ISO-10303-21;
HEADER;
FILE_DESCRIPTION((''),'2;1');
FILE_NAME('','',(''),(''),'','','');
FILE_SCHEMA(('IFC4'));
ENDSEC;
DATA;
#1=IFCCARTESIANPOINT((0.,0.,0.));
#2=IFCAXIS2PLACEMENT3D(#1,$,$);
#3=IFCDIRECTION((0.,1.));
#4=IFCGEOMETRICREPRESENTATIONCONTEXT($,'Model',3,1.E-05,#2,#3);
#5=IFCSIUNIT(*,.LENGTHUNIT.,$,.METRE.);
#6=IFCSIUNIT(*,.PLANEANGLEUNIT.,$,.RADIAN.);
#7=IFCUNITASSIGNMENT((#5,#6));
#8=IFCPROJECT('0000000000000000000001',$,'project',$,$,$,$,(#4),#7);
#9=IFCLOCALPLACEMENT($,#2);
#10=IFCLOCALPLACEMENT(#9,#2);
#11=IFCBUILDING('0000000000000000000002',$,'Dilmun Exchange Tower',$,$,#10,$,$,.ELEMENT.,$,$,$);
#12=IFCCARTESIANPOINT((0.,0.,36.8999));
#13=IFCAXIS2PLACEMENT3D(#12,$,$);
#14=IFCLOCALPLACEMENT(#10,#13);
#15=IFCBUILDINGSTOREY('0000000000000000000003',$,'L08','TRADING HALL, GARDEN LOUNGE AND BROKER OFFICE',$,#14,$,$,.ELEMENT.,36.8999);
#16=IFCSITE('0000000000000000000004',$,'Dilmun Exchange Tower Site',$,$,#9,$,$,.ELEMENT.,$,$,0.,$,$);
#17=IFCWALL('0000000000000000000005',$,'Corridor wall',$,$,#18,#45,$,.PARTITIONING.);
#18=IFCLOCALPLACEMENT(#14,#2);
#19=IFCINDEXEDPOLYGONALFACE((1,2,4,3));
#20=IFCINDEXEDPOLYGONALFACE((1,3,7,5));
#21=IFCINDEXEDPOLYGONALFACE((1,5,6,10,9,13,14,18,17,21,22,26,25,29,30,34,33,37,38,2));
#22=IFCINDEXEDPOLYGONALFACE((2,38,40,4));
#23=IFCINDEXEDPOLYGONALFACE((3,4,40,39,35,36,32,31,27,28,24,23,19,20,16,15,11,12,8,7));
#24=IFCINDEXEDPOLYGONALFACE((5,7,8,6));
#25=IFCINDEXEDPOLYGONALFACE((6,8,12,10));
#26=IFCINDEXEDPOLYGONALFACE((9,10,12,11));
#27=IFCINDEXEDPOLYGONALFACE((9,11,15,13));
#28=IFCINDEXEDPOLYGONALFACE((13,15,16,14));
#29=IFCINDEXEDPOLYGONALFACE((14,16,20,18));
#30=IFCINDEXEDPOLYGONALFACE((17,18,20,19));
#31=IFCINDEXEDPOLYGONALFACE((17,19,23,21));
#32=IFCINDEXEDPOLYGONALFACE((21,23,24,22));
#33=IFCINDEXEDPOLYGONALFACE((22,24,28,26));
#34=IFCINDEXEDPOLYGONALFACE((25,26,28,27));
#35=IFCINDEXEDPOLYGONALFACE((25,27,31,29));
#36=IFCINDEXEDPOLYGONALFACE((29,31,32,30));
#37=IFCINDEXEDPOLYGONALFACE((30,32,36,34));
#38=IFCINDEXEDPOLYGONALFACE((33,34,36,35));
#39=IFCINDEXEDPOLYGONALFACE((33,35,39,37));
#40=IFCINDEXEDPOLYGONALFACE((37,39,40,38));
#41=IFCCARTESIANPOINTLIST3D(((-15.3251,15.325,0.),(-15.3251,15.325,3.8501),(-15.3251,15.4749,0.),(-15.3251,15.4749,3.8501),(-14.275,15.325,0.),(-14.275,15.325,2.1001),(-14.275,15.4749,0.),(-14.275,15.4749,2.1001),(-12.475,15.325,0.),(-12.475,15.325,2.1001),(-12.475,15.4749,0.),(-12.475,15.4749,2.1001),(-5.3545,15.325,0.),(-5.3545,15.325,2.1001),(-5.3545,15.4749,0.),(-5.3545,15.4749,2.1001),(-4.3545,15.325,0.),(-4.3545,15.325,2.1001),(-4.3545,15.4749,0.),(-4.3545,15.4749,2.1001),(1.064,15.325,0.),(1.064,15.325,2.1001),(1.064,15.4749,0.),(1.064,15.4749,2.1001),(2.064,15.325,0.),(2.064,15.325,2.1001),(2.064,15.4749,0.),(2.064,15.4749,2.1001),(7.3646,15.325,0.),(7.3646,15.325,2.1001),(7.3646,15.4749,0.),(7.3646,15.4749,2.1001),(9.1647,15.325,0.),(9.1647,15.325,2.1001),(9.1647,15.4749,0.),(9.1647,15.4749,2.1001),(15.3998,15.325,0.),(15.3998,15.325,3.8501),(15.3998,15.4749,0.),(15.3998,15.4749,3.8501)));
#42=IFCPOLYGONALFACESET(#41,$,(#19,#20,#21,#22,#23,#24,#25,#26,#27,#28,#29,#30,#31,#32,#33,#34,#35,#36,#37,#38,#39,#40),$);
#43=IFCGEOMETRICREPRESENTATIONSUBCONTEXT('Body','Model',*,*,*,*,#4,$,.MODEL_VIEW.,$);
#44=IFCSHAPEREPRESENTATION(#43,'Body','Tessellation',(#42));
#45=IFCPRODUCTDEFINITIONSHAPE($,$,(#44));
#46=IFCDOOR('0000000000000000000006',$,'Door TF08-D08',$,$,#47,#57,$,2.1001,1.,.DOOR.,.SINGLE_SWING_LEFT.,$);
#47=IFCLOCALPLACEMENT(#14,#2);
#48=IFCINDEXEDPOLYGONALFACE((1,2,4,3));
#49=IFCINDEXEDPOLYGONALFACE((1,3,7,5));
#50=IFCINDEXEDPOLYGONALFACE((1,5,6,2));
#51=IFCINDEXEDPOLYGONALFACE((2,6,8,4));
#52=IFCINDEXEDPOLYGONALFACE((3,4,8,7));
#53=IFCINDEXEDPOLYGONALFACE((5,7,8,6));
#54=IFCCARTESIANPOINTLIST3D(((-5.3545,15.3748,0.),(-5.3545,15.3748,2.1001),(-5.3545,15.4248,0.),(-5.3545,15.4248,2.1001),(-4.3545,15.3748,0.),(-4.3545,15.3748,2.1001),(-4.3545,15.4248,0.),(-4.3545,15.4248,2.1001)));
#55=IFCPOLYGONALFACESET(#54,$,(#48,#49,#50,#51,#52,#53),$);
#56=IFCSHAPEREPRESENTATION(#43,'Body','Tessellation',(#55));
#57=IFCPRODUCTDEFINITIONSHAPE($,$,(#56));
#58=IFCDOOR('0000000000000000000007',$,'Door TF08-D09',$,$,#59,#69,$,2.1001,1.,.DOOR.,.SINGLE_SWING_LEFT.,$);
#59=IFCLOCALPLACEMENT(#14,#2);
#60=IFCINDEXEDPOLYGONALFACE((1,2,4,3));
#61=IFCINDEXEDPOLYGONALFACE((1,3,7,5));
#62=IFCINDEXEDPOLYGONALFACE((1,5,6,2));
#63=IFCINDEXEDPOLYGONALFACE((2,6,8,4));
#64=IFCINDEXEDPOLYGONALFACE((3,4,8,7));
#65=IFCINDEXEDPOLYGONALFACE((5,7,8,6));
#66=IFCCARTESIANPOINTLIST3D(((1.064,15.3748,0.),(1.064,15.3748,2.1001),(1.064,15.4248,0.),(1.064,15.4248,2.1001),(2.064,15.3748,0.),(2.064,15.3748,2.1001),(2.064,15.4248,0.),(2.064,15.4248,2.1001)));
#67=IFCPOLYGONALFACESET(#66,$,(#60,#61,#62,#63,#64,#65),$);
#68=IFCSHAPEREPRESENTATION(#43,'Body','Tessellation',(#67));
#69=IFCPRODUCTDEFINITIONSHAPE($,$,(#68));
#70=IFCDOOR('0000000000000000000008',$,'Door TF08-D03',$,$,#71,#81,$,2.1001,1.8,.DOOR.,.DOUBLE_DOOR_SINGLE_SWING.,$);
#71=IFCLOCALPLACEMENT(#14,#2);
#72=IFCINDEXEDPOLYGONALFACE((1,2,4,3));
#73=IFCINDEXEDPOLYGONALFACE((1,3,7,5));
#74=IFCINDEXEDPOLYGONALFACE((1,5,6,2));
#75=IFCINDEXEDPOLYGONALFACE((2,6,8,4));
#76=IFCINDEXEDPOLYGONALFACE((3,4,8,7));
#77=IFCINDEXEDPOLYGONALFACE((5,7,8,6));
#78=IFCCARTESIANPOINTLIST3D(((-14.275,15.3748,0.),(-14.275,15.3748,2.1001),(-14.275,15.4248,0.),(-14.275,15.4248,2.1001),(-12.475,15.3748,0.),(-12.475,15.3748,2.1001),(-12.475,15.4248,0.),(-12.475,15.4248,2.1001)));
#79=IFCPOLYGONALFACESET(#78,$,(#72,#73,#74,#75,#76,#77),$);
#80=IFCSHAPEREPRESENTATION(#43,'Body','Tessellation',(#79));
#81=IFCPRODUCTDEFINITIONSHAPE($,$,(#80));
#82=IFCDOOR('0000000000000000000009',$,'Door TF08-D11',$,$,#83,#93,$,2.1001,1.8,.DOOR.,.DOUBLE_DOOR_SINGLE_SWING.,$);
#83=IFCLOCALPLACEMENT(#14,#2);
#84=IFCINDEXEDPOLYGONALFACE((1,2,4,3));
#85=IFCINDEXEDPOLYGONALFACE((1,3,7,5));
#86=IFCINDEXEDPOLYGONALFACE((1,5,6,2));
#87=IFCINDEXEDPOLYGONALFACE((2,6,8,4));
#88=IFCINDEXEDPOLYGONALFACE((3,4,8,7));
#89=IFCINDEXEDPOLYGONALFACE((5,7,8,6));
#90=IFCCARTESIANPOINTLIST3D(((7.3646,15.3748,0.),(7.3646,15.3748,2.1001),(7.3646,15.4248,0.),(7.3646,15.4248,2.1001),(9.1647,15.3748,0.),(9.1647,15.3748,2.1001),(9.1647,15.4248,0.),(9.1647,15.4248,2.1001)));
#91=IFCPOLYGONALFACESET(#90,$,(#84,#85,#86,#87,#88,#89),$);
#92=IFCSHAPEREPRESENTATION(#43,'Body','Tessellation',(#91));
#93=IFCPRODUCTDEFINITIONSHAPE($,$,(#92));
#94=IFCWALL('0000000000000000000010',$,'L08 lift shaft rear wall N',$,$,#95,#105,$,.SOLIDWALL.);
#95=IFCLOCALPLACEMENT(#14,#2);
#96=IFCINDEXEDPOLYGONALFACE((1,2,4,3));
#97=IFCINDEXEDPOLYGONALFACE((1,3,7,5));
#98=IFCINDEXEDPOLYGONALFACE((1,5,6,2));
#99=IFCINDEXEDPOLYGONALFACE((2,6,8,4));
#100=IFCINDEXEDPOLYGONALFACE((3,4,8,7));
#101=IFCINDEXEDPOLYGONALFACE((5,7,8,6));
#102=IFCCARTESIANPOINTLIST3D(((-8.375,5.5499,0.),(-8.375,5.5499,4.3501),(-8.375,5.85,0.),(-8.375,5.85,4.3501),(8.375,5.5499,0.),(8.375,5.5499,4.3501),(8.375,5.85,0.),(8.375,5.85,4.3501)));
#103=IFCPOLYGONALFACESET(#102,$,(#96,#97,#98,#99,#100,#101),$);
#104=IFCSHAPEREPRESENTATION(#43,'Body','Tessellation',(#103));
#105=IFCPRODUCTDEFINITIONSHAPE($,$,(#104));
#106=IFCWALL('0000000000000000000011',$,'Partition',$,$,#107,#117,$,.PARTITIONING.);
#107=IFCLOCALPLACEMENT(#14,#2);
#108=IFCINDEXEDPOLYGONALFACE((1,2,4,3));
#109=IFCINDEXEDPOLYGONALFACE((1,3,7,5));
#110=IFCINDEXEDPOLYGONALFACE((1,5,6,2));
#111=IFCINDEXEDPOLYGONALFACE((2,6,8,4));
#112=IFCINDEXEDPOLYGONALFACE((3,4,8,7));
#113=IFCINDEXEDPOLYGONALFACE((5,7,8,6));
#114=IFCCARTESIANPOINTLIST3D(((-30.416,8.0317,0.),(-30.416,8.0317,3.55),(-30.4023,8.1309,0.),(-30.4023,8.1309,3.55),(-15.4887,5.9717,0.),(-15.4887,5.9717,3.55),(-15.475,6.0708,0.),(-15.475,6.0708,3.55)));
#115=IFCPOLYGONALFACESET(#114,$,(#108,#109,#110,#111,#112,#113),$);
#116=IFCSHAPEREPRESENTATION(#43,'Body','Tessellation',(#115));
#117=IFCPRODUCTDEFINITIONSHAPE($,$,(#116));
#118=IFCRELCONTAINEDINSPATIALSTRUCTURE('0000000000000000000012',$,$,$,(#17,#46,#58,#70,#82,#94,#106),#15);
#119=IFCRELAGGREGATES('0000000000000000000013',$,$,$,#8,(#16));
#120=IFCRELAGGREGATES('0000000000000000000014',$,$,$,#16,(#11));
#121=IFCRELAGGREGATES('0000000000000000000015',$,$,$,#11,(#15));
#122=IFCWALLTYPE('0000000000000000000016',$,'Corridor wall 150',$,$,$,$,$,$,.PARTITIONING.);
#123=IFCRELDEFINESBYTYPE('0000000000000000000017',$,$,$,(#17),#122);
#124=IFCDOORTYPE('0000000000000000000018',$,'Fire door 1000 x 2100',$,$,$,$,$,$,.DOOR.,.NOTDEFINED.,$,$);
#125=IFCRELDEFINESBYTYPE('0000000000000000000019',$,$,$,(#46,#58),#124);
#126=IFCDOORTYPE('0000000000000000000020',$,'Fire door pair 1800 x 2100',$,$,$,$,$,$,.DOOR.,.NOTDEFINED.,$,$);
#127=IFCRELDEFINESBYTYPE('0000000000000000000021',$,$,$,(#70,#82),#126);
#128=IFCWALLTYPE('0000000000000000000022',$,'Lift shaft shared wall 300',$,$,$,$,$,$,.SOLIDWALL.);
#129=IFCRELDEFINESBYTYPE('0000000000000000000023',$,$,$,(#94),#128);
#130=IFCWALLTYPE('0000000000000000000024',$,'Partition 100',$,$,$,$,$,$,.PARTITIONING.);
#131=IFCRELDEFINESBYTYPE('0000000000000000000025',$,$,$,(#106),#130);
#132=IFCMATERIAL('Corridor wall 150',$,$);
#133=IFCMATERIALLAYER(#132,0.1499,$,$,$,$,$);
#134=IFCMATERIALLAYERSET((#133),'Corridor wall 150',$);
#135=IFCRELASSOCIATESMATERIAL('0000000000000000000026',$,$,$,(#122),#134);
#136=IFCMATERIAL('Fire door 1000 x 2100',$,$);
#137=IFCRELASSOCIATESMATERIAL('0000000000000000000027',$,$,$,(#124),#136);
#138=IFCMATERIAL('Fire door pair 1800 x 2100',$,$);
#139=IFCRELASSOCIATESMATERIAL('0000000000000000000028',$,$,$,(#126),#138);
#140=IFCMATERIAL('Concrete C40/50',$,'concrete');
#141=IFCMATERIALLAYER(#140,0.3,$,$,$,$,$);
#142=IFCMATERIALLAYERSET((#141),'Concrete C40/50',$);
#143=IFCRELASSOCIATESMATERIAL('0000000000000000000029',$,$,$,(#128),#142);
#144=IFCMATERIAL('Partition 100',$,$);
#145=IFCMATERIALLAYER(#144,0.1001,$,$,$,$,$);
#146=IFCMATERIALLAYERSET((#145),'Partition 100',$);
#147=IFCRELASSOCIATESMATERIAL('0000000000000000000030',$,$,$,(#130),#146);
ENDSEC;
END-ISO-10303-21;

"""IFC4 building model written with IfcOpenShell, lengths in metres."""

from ifc_helpers import new_model, si_unit, direction, frame, frame_2d, origin, place, context, subcontext, project, spatial, rectangle, extrude, material, layer, layer_set, type_object, element, fill, save


model = new_model("IFC4")

# Units and contexts
model_context = context("Model", 3, precision=1e-05, world=origin(), true_north=direction((0.0, 1.0)))
body_context = subcontext(model_context, "Body", "Model", "MODEL_VIEW")
ifc_project = project(units=[si_unit("LENGTHUNIT", "METRE"), si_unit("PLANEANGLEUNIT", "RADIAN")], contexts=[model_context])

# Site, building, storey
site_placement = place(None, origin())
site = spatial("IfcSite", under=ifc_project, at=site_placement, Name="Dilmun Exchange Tower Site", CompositionType="ELEMENT", RefElevation=0.0)
building_placement = place(site_placement, origin())
building = spatial("IfcBuilding", under=site, at=building_placement, Name="Dilmun Exchange Tower", CompositionType="ELEMENT")
storey_placement = place(building_placement, frame((0.0, 0.0, 36.8999)))
storey = spatial("IfcBuildingStorey", under=building, at=storey_placement, Name="L08", Description="TRADING HALL, GARDEN LOUNGE AND BROKER OFFICE", CompositionType="ELEMENT", Elevation=36.8999)

# Shared definitions
ifc_material_1 = material(Name="Concrete C40/50", Category="concrete")

# Wall, openings, doors
ifc_material_2 = material(Name="Corridor wall 150")
ifc_layer_1 = layer(ifc_material_2, 0.1499)
ifc_layer_set_1 = layer_set([ifc_layer_1], Name="Corridor wall 150")
wall_type_1 = type_object("IfcWallType", Name="Corridor wall 150", PredefinedType="PARTITIONING", material=ifc_layer_set_1)
wall_1_placement = place(storey_placement, frame((-15.325, 15.3999, 0.0), z_axis=(0.0, 0.0, 1.0), x_axis=(1.0, 0.0, 0.0)))
wall_1 = element("IfcWall", 1, at=wall_1_placement, inside=storey, type_object=wall_type_1, Name="Corridor wall", PredefinedType="PARTITIONING", context=body_context, shape_type="SweptSolid", body=[
    extrude(rectangle(XDim=30.7249, YDim=0.1499, at=frame_2d((15.3623, 0.0))), origin(), (0.0, 0.0, 1.0), 3.8501),
])
opening_1_placement = place(wall_1_placement, frame((1.05, 0.0, 0.0)))
opening_1 = element("IfcOpeningElement", 2, at=opening_1_placement, cuts=wall_1, PredefinedType="OPENING", context=body_context, shape_type="SweptSolid", body=[
    extrude(rectangle(XDim=1.8, YDim=2.1001, at=frame_2d((0.8999, 1.05))), frame((0.0, 0.085, 0.0), z_axis=(0.0, -1.0, 0.0), x_axis=(1.0, 0.0, 0.0)), (0.0, 0.0, 1.0), 0.1699),
])
opening_2_placement = place(wall_1_placement, frame((9.9705, 0.0, 0.0)))
opening_2 = element("IfcOpeningElement", 3, at=opening_2_placement, cuts=wall_1, PredefinedType="OPENING", context=body_context, shape_type="SweptSolid", body=[
    extrude(rectangle(XDim=1.0, YDim=2.1001, at=frame_2d((0.5, 1.05))), frame((0.0, 0.085, 0.0), z_axis=(0.0, -1.0, 0.0), x_axis=(1.0, 0.0, 0.0)), (0.0, 0.0, 1.0), 0.1699),
])
opening_3_placement = place(wall_1_placement, frame((16.3889, 0.0, 0.0)))
opening_3 = element("IfcOpeningElement", 4, at=opening_3_placement, cuts=wall_1, PredefinedType="OPENING", context=body_context, shape_type="SweptSolid", body=[
    extrude(rectangle(XDim=1.0, YDim=2.1001, at=frame_2d((0.5, 1.05))), frame((0.0, 0.085, 0.0), z_axis=(0.0, -1.0, 0.0), x_axis=(1.0, 0.0, 0.0)), (0.0, 0.0, 1.0), 0.1699),
])
opening_4_placement = place(wall_1_placement, frame((22.6897, 0.0, 0.0)))
opening_4 = element("IfcOpeningElement", 5, at=opening_4_placement, cuts=wall_1, PredefinedType="OPENING", context=body_context, shape_type="SweptSolid", body=[
    extrude(rectangle(XDim=1.8, YDim=2.1001, at=frame_2d((0.8999, 1.05))), frame((0.0, 0.085, 0.0), z_axis=(0.0, -1.0, 0.0), x_axis=(1.0, 0.0, 0.0)), (0.0, 0.0, 1.0), 0.1699),
])
ifc_material_3 = material(Name="Fire door 1000 x 2100")
door_type_1 = type_object("IfcDoorType", Name="Fire door 1000 x 2100", OperationType="NOTDEFINED", PredefinedType="DOOR", material=ifc_material_3)
door_1_placement = place(opening_2_placement, origin())
door_1 = element("IfcDoor", 6, at=door_1_placement, inside=storey, type_object=door_type_1, Name="Door TF08-D08", OperationType="SINGLE_SWING_LEFT", OverallHeight=2.1001, OverallWidth=1.0, PredefinedType="DOOR", context=body_context, shape_type="SweptSolid", body=[
    extrude(rectangle(XDim=1.0, YDim=2.1001, at=frame_2d((0.5, 1.05))), frame((0.0, 0.0249, 0.0), z_axis=(0.0, -1.0, 0.0), x_axis=(1.0, 0.0, 0.0)), (0.0, 0.0, 1.0), 0.05),
])
fill(opening_2, door_1)
door_2_placement = place(opening_3_placement, origin())
door_2 = element("IfcDoor", 7, at=door_2_placement, inside=storey, type_object=door_type_1, Name="Door TF08-D09", OperationType="SINGLE_SWING_LEFT", OverallHeight=2.1001, OverallWidth=1.0, PredefinedType="DOOR", context=body_context, shape_type="SweptSolid", body=[
    extrude(rectangle(XDim=1.0, YDim=2.1001, at=frame_2d((0.5, 1.05))), frame((0.0, 0.0249, 0.0), z_axis=(0.0, -1.0, 0.0), x_axis=(1.0, 0.0, 0.0)), (0.0, 0.0, 1.0), 0.05),
])
fill(opening_3, door_2)
ifc_material_4 = material(Name="Fire door pair 1800 x 2100")
door_type_2 = type_object("IfcDoorType", Name="Fire door pair 1800 x 2100", OperationType="NOTDEFINED", PredefinedType="DOOR", material=ifc_material_4)
door_3_placement = place(opening_1_placement, origin())
door_3 = element("IfcDoor", 8, at=door_3_placement, inside=storey, type_object=door_type_2, Name="Door TF08-D03", OperationType="DOUBLE_DOOR_SINGLE_SWING", OverallHeight=2.1001, OverallWidth=1.8, PredefinedType="DOOR", context=body_context, shape_type="SweptSolid", body=[
    extrude(rectangle(XDim=1.8, YDim=2.1001, at=frame_2d((0.8999, 1.05))), frame((0.0, 0.0249, 0.0), z_axis=(0.0, -1.0, 0.0), x_axis=(1.0, 0.0, 0.0)), (0.0, 0.0, 1.0), 0.05),
])
fill(opening_1, door_3)
door_4_placement = place(opening_4_placement, origin())
door_4 = element("IfcDoor", 9, at=door_4_placement, inside=storey, type_object=door_type_2, Name="Door TF08-D11", OperationType="DOUBLE_DOOR_SINGLE_SWING", OverallHeight=2.1001, OverallWidth=1.8, PredefinedType="DOOR", context=body_context, shape_type="SweptSolid", body=[
    extrude(rectangle(XDim=1.8, YDim=2.1001, at=frame_2d((0.8999, 1.05))), frame((0.0, 0.0249, 0.0), z_axis=(0.0, -1.0, 0.0), x_axis=(1.0, 0.0, 0.0)), (0.0, 0.0, 1.0), 0.05),
])
fill(opening_4, door_4)

# Walls
ifc_layer_2 = layer(ifc_material_1, 0.3)
ifc_layer_set_2 = layer_set([ifc_layer_2], Name="Concrete C40/50")
wall_type_2 = type_object("IfcWallType", Name="Lift shaft shared wall 300", PredefinedType="SOLIDWALL", material=ifc_layer_set_2)
wall_2_placement = place(storey_placement, frame((-8.375, 5.7, 0.0), z_axis=(0.0, 0.0, 1.0), x_axis=(1.0, 0.0, 0.0)))
element("IfcWall", 10, at=wall_2_placement, inside=storey, type_object=wall_type_2, Name="L08 lift shaft rear wall N", PredefinedType="SOLIDWALL", context=body_context, shape_type="SweptSolid", body=[
    extrude(rectangle(XDim=16.75, YDim=0.3, at=frame_2d((8.375, 0.0))), origin(), (0.0, 0.0, 1.0), 4.3501),
])
ifc_material_5 = material(Name="Partition 100")
ifc_layer_3 = layer(ifc_material_5, 0.1001)
ifc_layer_set_3 = layer_set([ifc_layer_3], Name="Partition 100")
wall_type_3 = type_object("IfcWallType", Name="Partition 100", PredefinedType="PARTITIONING", material=ifc_layer_set_3)
wall_3_placement = place(storey_placement, frame((-30.4092, 8.0813, 0.0), z_axis=(0.0, 0.0, 1.0), x_axis=(0.990611, -0.136709, 0.0)))
element("IfcWall", 11, at=wall_3_placement, inside=storey, type_object=wall_type_3, Name="Partition", PredefinedType="PARTITIONING", context=body_context, shape_type="SweptSolid", body=[
    extrude(rectangle(XDim=15.0688, YDim=0.1001, at=frame_2d((7.5344, 0.0))), origin(), (0.0, 0.0, 1.0), 3.55),
])

save(model, "model.ifc")
